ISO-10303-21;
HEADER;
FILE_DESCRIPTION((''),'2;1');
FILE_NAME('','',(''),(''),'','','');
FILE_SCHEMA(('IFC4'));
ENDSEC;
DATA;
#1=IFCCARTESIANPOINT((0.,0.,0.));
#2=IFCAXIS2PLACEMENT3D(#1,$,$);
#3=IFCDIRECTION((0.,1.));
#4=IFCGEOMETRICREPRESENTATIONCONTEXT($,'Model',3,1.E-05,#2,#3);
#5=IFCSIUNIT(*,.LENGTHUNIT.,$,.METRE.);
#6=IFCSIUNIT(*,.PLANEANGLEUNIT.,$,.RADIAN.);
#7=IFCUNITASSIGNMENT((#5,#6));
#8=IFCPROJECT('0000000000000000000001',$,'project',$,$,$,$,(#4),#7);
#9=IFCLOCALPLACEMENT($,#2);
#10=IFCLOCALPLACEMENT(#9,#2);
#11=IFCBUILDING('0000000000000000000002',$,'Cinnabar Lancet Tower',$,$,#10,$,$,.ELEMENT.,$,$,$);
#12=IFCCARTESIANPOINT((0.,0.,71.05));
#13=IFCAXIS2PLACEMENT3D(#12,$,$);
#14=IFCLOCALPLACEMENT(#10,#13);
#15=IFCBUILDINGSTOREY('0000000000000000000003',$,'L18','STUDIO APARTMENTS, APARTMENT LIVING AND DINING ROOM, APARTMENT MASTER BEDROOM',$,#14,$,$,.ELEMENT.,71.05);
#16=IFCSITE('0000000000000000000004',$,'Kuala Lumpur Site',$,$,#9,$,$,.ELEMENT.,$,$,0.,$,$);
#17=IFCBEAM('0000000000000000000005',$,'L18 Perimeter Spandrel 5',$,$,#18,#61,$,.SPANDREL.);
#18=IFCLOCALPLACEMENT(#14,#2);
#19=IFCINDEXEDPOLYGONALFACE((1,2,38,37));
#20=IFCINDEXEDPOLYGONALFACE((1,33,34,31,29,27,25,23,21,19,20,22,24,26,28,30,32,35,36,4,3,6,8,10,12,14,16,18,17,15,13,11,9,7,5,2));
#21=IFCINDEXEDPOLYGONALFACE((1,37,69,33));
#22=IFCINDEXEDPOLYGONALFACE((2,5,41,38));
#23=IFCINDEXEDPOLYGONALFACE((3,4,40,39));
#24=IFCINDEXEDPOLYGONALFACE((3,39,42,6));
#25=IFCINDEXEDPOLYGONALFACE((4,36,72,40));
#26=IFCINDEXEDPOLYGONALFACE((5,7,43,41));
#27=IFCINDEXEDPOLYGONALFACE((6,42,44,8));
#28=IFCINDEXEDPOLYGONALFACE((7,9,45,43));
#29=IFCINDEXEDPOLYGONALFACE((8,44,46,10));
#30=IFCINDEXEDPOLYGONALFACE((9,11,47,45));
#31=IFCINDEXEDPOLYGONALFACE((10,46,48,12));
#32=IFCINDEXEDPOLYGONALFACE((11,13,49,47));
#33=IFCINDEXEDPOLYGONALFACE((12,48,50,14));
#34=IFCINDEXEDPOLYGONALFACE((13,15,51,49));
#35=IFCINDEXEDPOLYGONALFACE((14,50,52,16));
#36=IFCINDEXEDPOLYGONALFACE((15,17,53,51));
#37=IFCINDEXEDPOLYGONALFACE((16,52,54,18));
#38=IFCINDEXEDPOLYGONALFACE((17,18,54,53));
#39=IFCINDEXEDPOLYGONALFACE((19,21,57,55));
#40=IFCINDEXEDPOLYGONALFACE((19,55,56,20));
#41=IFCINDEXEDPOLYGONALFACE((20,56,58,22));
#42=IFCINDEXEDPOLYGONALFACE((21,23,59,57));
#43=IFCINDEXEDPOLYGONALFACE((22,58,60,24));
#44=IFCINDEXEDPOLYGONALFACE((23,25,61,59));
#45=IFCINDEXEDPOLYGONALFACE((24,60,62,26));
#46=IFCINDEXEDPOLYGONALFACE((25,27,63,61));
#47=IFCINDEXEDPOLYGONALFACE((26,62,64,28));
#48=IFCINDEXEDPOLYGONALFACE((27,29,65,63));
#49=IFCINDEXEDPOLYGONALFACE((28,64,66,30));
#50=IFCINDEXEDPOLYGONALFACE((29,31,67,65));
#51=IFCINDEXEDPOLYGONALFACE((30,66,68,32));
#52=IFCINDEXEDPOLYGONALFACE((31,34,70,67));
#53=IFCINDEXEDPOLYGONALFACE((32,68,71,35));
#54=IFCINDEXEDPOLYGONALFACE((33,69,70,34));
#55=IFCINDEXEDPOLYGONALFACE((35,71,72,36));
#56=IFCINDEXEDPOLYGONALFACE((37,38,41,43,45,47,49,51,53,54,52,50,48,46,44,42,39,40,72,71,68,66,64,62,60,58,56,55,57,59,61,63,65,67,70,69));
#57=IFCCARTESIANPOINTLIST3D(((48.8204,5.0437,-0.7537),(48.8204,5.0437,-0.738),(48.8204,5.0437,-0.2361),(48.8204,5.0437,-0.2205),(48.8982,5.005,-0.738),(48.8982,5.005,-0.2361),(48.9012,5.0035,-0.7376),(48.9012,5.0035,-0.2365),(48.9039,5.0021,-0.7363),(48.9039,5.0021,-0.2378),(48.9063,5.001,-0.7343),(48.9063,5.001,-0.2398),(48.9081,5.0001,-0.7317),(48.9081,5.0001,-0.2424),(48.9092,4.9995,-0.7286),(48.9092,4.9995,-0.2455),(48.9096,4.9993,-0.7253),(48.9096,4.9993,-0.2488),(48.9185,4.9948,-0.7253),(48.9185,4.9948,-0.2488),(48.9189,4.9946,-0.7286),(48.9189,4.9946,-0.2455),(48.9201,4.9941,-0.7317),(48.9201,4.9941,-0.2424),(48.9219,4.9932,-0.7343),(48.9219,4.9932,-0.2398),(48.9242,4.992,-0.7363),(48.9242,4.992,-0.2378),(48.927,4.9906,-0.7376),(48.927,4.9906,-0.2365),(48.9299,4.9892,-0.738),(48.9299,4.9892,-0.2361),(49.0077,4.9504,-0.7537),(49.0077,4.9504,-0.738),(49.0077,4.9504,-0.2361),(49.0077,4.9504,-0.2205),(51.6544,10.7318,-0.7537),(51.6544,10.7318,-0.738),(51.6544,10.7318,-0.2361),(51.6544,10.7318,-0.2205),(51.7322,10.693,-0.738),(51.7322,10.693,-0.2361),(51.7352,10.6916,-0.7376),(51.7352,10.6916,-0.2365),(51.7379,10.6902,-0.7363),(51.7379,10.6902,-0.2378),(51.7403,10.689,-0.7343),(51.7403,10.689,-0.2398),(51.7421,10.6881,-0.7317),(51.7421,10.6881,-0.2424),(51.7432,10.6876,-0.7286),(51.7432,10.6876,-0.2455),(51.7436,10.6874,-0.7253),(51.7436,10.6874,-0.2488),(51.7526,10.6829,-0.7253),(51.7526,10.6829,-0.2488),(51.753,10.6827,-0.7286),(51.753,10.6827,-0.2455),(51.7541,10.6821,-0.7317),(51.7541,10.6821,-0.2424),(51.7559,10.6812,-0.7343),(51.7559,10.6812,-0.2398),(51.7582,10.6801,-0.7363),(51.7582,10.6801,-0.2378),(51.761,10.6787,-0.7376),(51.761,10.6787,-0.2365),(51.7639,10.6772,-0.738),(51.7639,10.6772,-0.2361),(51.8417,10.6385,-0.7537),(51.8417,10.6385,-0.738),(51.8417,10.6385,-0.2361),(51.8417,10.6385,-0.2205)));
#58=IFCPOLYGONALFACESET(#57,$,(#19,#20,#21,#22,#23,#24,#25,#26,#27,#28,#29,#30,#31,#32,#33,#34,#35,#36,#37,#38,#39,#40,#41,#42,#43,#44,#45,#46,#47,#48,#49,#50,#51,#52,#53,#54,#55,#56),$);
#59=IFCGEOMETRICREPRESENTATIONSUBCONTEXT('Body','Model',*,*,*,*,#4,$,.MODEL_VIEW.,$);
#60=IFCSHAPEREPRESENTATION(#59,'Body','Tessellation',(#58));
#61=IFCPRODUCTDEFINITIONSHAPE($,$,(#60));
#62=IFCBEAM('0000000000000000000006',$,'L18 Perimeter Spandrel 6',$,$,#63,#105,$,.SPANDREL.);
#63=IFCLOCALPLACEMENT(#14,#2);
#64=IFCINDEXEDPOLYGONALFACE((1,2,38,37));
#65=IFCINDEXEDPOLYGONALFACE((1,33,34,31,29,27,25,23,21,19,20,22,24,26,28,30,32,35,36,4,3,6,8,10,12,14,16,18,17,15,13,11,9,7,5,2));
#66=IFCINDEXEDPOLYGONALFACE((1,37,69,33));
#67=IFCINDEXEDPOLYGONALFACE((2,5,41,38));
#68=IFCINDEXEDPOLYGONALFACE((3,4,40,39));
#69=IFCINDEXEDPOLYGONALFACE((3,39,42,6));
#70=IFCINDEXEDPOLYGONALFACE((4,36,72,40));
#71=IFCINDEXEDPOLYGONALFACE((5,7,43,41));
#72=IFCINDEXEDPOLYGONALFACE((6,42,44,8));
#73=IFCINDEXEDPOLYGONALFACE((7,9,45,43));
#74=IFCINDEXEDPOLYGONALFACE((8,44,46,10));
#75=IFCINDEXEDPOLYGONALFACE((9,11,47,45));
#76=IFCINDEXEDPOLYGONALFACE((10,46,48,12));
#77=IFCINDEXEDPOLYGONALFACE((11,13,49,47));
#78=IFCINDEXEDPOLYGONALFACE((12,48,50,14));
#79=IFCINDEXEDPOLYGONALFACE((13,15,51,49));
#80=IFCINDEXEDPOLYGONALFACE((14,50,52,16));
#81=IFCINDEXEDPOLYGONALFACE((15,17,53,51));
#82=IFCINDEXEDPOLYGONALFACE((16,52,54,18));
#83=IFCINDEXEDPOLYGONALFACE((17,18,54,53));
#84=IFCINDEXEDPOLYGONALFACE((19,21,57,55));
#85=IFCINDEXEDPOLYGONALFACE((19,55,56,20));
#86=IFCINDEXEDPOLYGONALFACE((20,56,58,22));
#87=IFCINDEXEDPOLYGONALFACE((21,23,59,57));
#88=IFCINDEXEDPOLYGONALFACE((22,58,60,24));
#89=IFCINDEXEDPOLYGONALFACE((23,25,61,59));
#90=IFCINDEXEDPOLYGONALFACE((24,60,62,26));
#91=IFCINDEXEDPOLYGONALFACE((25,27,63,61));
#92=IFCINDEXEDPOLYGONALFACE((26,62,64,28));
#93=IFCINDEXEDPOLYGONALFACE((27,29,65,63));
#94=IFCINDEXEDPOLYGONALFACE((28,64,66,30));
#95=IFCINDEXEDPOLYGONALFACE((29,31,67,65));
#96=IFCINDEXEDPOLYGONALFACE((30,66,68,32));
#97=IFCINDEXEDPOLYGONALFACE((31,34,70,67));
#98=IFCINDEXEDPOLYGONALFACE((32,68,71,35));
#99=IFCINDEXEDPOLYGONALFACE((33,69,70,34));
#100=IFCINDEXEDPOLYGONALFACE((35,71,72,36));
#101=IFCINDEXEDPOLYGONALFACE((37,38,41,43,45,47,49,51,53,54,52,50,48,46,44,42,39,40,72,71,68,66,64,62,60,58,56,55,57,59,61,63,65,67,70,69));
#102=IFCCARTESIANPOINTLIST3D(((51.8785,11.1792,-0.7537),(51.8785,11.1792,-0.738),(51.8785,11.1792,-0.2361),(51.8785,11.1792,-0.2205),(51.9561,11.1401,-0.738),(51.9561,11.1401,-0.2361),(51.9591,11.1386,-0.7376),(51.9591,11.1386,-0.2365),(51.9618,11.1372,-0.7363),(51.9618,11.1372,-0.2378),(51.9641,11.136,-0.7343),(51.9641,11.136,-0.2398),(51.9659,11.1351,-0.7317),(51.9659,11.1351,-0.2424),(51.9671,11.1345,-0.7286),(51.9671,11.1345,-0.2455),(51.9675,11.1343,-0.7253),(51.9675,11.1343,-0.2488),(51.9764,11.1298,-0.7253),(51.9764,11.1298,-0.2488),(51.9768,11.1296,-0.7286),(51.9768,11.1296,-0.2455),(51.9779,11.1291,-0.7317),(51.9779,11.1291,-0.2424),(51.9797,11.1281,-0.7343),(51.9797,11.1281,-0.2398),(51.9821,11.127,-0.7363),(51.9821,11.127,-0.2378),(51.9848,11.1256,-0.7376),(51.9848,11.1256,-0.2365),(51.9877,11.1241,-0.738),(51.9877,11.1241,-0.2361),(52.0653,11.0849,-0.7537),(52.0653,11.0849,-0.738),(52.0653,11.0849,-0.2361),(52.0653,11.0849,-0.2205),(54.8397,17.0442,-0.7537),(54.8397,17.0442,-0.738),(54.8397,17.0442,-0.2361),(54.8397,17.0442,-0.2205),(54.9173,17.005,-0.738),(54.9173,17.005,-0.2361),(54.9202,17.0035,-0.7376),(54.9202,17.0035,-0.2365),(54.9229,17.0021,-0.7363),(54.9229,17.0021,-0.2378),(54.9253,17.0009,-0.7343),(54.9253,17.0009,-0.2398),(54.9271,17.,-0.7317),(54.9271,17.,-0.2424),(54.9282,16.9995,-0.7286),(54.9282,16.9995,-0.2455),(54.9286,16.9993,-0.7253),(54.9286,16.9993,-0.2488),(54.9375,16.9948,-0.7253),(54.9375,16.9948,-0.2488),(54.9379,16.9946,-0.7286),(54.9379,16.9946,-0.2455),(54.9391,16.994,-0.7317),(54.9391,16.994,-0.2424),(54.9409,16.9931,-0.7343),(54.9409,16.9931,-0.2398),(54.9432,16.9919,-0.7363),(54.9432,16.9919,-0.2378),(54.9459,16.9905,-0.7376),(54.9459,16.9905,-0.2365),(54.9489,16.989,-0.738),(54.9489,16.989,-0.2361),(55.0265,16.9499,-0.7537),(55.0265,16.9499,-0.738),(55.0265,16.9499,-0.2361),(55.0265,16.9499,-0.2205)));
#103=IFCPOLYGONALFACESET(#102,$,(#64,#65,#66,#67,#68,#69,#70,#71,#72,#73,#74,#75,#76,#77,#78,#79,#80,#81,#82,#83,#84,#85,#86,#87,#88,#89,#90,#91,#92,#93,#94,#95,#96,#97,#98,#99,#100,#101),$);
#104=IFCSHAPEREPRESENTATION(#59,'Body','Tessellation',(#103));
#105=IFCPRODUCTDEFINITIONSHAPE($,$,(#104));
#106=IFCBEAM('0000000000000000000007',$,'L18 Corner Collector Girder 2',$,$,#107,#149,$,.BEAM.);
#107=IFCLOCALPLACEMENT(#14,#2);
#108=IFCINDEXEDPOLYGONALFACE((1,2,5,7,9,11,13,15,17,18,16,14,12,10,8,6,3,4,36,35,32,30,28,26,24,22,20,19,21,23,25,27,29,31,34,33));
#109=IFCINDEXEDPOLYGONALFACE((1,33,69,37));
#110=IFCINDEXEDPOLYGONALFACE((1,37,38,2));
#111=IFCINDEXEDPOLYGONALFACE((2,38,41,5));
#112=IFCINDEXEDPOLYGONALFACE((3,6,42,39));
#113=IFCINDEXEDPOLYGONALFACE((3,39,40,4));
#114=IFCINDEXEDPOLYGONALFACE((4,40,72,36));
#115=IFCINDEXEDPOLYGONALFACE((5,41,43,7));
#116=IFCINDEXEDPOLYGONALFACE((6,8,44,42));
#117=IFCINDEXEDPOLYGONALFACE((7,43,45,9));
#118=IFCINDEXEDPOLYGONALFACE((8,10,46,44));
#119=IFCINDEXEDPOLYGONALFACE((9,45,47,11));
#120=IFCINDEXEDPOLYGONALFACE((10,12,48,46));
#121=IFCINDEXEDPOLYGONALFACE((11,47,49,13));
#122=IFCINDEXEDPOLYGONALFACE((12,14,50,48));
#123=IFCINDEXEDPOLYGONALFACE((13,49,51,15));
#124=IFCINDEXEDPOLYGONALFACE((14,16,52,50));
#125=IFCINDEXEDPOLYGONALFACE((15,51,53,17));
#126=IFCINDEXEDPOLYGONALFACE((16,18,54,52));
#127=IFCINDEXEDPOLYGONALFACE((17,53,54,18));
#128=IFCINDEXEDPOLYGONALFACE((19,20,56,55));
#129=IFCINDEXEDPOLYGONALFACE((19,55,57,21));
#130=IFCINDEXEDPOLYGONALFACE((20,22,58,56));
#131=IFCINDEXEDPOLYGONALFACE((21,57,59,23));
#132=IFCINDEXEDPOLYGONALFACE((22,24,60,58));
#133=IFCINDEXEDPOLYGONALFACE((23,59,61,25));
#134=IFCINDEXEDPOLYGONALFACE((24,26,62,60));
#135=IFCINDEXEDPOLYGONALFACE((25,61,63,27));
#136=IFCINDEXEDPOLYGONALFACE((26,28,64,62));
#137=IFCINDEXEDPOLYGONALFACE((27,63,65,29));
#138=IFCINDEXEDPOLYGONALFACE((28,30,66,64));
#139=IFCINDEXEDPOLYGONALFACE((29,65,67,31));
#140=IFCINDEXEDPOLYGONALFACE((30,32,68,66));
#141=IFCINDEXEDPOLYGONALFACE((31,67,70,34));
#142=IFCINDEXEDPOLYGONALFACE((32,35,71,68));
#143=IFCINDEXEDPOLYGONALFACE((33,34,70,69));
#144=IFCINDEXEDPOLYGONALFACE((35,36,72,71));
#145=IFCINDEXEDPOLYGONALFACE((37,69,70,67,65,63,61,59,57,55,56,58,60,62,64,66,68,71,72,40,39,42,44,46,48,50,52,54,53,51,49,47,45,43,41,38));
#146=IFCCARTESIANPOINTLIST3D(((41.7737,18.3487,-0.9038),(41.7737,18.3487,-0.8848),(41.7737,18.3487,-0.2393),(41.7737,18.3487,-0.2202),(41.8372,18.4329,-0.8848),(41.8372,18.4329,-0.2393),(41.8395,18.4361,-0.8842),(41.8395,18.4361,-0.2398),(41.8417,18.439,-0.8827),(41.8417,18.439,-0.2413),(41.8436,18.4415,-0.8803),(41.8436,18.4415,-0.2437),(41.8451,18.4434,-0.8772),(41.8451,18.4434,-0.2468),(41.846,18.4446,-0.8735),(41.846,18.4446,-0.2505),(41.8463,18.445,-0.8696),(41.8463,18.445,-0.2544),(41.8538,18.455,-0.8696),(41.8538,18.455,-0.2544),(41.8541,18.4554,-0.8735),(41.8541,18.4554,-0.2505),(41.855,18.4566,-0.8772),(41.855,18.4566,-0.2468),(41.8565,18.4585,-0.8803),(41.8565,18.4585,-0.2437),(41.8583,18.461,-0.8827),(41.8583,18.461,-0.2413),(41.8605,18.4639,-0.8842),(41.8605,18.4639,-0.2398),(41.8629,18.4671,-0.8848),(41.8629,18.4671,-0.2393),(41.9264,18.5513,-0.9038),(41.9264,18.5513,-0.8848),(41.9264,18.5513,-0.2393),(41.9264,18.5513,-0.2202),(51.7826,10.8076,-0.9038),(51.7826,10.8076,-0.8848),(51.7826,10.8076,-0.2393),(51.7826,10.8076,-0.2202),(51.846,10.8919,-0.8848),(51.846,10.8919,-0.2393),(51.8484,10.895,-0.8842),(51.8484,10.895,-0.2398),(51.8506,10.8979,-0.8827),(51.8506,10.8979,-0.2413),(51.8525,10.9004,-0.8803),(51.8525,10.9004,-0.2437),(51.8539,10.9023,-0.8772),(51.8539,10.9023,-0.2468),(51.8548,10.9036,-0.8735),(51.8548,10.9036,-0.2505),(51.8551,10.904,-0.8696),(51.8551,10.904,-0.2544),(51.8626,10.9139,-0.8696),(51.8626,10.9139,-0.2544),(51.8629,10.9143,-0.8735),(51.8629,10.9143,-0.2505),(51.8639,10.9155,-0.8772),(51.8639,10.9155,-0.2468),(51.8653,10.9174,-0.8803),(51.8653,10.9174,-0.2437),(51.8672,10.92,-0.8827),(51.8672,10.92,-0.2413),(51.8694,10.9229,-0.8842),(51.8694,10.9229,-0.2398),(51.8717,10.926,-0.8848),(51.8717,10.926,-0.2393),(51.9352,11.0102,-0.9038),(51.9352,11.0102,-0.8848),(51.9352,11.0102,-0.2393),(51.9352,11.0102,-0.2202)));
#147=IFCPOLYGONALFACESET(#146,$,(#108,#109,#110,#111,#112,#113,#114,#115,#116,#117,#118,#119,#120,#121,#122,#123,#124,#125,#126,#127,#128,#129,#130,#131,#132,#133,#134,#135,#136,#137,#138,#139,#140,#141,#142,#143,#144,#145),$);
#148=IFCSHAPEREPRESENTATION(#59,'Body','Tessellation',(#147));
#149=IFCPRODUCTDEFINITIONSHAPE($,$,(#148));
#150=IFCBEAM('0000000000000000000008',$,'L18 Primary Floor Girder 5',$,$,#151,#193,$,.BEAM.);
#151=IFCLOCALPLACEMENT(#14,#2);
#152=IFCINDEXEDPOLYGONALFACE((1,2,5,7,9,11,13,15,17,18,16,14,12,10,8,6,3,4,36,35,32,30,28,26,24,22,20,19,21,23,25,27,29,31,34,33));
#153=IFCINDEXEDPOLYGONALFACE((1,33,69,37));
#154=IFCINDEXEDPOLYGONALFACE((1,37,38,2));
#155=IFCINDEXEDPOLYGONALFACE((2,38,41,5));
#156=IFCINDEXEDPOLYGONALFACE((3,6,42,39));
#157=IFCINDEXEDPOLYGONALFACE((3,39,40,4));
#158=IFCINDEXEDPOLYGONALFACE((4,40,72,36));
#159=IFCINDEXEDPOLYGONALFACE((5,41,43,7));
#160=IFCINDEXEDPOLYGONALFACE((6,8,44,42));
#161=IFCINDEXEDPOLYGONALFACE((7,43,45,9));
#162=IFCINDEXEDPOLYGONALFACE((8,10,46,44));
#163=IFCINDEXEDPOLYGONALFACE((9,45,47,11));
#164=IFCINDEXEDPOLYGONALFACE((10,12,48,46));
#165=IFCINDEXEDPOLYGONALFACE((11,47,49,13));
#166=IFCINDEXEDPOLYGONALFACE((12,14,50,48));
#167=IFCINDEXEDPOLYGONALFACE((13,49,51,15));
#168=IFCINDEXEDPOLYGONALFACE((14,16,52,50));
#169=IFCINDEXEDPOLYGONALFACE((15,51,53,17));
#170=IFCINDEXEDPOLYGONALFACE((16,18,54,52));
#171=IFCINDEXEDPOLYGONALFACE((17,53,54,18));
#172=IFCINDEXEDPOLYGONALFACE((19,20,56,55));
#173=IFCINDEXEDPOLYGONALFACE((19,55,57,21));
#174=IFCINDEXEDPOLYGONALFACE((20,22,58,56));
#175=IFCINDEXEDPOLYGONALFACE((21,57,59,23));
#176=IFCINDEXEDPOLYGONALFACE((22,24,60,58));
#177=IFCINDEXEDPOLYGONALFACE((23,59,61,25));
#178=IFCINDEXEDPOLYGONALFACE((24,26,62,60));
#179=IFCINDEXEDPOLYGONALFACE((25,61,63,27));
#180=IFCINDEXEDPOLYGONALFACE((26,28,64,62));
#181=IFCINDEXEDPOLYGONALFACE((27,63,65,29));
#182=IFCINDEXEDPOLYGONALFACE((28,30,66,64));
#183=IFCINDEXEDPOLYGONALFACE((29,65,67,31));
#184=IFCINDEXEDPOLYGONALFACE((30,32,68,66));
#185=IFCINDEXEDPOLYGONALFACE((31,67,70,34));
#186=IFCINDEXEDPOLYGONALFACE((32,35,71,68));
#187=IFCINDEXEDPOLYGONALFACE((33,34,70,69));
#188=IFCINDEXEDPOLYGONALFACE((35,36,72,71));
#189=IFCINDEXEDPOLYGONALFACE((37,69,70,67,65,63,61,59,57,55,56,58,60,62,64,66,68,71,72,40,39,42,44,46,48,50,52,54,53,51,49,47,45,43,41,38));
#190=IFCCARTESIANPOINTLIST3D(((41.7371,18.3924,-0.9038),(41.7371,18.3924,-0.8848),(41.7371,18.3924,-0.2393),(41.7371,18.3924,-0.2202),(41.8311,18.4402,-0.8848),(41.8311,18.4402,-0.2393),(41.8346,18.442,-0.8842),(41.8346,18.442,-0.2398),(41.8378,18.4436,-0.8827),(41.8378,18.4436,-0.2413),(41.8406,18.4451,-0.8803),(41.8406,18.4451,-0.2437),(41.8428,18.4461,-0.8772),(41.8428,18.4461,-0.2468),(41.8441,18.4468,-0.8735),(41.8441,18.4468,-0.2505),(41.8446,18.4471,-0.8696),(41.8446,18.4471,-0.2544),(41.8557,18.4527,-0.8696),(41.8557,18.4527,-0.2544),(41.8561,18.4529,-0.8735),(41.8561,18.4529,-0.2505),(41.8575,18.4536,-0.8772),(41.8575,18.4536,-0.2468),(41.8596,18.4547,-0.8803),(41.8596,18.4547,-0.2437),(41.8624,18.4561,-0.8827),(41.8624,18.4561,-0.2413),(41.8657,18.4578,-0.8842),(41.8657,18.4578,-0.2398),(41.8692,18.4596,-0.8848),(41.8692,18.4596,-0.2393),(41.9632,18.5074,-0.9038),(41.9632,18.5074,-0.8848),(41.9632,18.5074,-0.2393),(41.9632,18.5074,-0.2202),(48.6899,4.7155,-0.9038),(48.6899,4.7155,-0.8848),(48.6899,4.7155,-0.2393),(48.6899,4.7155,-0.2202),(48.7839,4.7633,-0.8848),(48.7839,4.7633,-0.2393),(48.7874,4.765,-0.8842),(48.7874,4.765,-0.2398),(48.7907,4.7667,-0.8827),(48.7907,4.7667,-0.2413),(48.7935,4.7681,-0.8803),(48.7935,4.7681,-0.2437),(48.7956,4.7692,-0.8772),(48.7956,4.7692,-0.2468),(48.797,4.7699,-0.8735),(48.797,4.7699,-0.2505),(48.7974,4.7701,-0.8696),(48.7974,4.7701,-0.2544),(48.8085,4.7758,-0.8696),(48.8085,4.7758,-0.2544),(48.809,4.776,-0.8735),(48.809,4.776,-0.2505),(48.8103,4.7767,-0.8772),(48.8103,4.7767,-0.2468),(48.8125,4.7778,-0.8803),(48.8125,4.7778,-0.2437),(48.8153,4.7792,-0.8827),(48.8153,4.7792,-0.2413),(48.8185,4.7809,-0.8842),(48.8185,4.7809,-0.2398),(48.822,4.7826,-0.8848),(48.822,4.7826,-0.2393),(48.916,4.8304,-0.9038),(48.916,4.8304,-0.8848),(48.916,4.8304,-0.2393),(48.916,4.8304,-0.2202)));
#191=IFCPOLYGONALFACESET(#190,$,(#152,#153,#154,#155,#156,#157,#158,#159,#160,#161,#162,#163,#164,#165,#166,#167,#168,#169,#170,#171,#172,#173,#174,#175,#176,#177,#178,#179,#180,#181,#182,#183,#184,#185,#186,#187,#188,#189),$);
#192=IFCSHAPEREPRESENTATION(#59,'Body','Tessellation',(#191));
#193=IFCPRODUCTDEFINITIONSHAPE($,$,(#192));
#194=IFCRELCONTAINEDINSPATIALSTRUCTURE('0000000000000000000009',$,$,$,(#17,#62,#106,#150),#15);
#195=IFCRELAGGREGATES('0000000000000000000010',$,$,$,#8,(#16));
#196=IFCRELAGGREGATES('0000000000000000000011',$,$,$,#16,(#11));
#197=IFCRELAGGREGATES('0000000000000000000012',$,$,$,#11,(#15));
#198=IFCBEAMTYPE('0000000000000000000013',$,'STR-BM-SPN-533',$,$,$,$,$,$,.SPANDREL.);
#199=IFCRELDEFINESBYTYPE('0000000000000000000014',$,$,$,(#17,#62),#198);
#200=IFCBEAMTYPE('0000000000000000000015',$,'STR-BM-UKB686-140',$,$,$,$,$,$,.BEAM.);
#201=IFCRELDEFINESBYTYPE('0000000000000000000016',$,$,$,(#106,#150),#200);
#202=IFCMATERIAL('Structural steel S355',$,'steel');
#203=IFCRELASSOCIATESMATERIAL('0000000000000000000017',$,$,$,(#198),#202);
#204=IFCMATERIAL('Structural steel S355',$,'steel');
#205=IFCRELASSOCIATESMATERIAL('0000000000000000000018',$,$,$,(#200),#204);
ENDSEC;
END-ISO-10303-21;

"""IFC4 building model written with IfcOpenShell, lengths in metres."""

from ifc_helpers import new_model, si_unit, direction, frame, origin, origin_2d, place, context, subcontext, project, spatial, i_section, extrude, material, material_profile, profile_set, type_object, element, save


model = new_model("IFC4")

# Units and contexts
model_context = context("Model", 3, precision=1e-05, world=origin(), true_north=direction((0.0, 1.0)))
body_context = subcontext(model_context, "Body", "Model", "MODEL_VIEW")
ifc_project = project(units=[si_unit("LENGTHUNIT", "METRE"), si_unit("PLANEANGLEUNIT", "RADIAN")], contexts=[model_context])

# Site, building, storey
site_placement = place(None, origin())
site = spatial("IfcSite", under=ifc_project, at=site_placement, Name="Kuala Lumpur Site", CompositionType="ELEMENT", RefElevation=0.0)
building_placement = place(site_placement, origin())
building = spatial("IfcBuilding", under=site, at=building_placement, Name="Cinnabar Lancet Tower", CompositionType="ELEMENT")
storey_placement = place(building_placement, frame((0.0, 0.0, 71.05)))
storey = spatial("IfcBuildingStorey", under=building, at=storey_placement, Name="L18", Description="STUDIO APARTMENTS, APARTMENT LIVING AND DINING ROOM, APARTMENT MASTER BEDROOM", CompositionType="ELEMENT", Elevation=71.05)

# Beams
ifc_material_1 = material(Name="Structural steel S355", Category="steel")
ifc_material_profile_1 = material_profile(ifc_material_1, i_section(OverallWidth=0.2092, OverallDepth=0.5332, WebThickness=0.01, FlangeThickness=0.0156, FilletRadius=0.0127, at=origin_2d()), Name="UKB 533x210x92")
ifc_profile_set_1 = profile_set([ifc_material_profile_1], Name="Structural steel S355")
beam_type_1 = type_object("IfcBeamType", Name="STR-BM-SPN-533", PredefinedType="SPANDREL", material=ifc_profile_set_1)
beam_1_placement = place(storey_placement, frame((48.9141, 4.9971, -0.4871), z_axis=(0.445953, 0.895056, 0.0), x_axis=(-0.895056, 0.445953, 0.0)))
element("IfcBeam", 1, at=beam_1_placement, inside=storey, type_object=beam_type_1, Name="L18 Perimeter Spandrel 5", PredefinedType="SPANDREL", context=body_context, shape_type="SweptSolid", body=[
    extrude(i_section(OverallWidth=0.2092, OverallDepth=0.5332, WebThickness=0.01, FlangeThickness=0.0156, FilletRadius=0.0127, at=origin_2d()), origin(), (0.0, 0.0, 1.0), 6.355),
])
beam_2_placement = place(storey_placement, frame((51.9719, 11.1321, -0.4871), z_axis=(0.450703, 0.892674, 0.0), x_axis=(-0.892674, 0.450703, 0.0)))
element("IfcBeam", 2, at=beam_2_placement, inside=storey, type_object=beam_type_1, Name="L18 Perimeter Spandrel 6", PredefinedType="SPANDREL", context=body_context, shape_type="SweptSolid", body=[
    extrude(i_section(OverallWidth=0.2092, OverallDepth=0.5332, WebThickness=0.01, FlangeThickness=0.0156, FilletRadius=0.0127, at=origin_2d()), origin(), (0.0, 0.0, 1.0), 6.5701),
])
ifc_material_2 = material(Name="Structural steel S355", Category="steel")
ifc_material_profile_2 = material_profile(ifc_material_2, i_section(OverallWidth=0.2537, OverallDepth=0.6836, WebThickness=0.0125, FlangeThickness=0.019, FilletRadius=0.0151, at=origin_2d()), Name="UKB 686x254x140")
ifc_profile_set_2 = profile_set([ifc_material_profile_2], Name="Structural steel S355")
beam_type_2 = type_object("IfcBeamType", Name="STR-BM-UKB686-140", PredefinedType="BEAM", material=ifc_profile_set_2)
beam_3_placement = place(storey_placement, frame((51.8589, 10.9089, -0.562), z_axis=(-0.79868, 0.601757, 0.0), x_axis=(-0.601757, -0.79868, 0.0)))
element("IfcBeam", 3, at=beam_3_placement, inside=storey, type_object=beam_type_2, Name="L18 Corner Collector Girder 2", PredefinedType="BEAM", context=body_context, shape_type="SweptSolid", body=[
    extrude(i_section(OverallWidth=0.2537, OverallDepth=0.6836, WebThickness=0.0125, FlangeThickness=0.019, FilletRadius=0.0151, at=origin_2d()), origin(), (0.0, 0.0, 1.0), 12.5317),
])
beam_4_placement = place(storey_placement, frame((48.803, 4.7729, -0.562), z_axis=(-0.453168, 0.891425, 0.0), x_axis=(-0.891425, -0.453168, 0.0)))
element("IfcBeam", 4, at=beam_4_placement, inside=storey, type_object=beam_type_2, Name="L18 Primary Floor Girder 5", PredefinedType="BEAM", context=body_context, shape_type="SweptSolid", body=[
    extrude(i_section(OverallWidth=0.2537, OverallDepth=0.6836, WebThickness=0.0125, FlangeThickness=0.019, FilletRadius=0.0151, at=origin_2d()), origin(), (0.0, 0.0, 1.0), 15.3428),
])

save(model, "model.ifc")
